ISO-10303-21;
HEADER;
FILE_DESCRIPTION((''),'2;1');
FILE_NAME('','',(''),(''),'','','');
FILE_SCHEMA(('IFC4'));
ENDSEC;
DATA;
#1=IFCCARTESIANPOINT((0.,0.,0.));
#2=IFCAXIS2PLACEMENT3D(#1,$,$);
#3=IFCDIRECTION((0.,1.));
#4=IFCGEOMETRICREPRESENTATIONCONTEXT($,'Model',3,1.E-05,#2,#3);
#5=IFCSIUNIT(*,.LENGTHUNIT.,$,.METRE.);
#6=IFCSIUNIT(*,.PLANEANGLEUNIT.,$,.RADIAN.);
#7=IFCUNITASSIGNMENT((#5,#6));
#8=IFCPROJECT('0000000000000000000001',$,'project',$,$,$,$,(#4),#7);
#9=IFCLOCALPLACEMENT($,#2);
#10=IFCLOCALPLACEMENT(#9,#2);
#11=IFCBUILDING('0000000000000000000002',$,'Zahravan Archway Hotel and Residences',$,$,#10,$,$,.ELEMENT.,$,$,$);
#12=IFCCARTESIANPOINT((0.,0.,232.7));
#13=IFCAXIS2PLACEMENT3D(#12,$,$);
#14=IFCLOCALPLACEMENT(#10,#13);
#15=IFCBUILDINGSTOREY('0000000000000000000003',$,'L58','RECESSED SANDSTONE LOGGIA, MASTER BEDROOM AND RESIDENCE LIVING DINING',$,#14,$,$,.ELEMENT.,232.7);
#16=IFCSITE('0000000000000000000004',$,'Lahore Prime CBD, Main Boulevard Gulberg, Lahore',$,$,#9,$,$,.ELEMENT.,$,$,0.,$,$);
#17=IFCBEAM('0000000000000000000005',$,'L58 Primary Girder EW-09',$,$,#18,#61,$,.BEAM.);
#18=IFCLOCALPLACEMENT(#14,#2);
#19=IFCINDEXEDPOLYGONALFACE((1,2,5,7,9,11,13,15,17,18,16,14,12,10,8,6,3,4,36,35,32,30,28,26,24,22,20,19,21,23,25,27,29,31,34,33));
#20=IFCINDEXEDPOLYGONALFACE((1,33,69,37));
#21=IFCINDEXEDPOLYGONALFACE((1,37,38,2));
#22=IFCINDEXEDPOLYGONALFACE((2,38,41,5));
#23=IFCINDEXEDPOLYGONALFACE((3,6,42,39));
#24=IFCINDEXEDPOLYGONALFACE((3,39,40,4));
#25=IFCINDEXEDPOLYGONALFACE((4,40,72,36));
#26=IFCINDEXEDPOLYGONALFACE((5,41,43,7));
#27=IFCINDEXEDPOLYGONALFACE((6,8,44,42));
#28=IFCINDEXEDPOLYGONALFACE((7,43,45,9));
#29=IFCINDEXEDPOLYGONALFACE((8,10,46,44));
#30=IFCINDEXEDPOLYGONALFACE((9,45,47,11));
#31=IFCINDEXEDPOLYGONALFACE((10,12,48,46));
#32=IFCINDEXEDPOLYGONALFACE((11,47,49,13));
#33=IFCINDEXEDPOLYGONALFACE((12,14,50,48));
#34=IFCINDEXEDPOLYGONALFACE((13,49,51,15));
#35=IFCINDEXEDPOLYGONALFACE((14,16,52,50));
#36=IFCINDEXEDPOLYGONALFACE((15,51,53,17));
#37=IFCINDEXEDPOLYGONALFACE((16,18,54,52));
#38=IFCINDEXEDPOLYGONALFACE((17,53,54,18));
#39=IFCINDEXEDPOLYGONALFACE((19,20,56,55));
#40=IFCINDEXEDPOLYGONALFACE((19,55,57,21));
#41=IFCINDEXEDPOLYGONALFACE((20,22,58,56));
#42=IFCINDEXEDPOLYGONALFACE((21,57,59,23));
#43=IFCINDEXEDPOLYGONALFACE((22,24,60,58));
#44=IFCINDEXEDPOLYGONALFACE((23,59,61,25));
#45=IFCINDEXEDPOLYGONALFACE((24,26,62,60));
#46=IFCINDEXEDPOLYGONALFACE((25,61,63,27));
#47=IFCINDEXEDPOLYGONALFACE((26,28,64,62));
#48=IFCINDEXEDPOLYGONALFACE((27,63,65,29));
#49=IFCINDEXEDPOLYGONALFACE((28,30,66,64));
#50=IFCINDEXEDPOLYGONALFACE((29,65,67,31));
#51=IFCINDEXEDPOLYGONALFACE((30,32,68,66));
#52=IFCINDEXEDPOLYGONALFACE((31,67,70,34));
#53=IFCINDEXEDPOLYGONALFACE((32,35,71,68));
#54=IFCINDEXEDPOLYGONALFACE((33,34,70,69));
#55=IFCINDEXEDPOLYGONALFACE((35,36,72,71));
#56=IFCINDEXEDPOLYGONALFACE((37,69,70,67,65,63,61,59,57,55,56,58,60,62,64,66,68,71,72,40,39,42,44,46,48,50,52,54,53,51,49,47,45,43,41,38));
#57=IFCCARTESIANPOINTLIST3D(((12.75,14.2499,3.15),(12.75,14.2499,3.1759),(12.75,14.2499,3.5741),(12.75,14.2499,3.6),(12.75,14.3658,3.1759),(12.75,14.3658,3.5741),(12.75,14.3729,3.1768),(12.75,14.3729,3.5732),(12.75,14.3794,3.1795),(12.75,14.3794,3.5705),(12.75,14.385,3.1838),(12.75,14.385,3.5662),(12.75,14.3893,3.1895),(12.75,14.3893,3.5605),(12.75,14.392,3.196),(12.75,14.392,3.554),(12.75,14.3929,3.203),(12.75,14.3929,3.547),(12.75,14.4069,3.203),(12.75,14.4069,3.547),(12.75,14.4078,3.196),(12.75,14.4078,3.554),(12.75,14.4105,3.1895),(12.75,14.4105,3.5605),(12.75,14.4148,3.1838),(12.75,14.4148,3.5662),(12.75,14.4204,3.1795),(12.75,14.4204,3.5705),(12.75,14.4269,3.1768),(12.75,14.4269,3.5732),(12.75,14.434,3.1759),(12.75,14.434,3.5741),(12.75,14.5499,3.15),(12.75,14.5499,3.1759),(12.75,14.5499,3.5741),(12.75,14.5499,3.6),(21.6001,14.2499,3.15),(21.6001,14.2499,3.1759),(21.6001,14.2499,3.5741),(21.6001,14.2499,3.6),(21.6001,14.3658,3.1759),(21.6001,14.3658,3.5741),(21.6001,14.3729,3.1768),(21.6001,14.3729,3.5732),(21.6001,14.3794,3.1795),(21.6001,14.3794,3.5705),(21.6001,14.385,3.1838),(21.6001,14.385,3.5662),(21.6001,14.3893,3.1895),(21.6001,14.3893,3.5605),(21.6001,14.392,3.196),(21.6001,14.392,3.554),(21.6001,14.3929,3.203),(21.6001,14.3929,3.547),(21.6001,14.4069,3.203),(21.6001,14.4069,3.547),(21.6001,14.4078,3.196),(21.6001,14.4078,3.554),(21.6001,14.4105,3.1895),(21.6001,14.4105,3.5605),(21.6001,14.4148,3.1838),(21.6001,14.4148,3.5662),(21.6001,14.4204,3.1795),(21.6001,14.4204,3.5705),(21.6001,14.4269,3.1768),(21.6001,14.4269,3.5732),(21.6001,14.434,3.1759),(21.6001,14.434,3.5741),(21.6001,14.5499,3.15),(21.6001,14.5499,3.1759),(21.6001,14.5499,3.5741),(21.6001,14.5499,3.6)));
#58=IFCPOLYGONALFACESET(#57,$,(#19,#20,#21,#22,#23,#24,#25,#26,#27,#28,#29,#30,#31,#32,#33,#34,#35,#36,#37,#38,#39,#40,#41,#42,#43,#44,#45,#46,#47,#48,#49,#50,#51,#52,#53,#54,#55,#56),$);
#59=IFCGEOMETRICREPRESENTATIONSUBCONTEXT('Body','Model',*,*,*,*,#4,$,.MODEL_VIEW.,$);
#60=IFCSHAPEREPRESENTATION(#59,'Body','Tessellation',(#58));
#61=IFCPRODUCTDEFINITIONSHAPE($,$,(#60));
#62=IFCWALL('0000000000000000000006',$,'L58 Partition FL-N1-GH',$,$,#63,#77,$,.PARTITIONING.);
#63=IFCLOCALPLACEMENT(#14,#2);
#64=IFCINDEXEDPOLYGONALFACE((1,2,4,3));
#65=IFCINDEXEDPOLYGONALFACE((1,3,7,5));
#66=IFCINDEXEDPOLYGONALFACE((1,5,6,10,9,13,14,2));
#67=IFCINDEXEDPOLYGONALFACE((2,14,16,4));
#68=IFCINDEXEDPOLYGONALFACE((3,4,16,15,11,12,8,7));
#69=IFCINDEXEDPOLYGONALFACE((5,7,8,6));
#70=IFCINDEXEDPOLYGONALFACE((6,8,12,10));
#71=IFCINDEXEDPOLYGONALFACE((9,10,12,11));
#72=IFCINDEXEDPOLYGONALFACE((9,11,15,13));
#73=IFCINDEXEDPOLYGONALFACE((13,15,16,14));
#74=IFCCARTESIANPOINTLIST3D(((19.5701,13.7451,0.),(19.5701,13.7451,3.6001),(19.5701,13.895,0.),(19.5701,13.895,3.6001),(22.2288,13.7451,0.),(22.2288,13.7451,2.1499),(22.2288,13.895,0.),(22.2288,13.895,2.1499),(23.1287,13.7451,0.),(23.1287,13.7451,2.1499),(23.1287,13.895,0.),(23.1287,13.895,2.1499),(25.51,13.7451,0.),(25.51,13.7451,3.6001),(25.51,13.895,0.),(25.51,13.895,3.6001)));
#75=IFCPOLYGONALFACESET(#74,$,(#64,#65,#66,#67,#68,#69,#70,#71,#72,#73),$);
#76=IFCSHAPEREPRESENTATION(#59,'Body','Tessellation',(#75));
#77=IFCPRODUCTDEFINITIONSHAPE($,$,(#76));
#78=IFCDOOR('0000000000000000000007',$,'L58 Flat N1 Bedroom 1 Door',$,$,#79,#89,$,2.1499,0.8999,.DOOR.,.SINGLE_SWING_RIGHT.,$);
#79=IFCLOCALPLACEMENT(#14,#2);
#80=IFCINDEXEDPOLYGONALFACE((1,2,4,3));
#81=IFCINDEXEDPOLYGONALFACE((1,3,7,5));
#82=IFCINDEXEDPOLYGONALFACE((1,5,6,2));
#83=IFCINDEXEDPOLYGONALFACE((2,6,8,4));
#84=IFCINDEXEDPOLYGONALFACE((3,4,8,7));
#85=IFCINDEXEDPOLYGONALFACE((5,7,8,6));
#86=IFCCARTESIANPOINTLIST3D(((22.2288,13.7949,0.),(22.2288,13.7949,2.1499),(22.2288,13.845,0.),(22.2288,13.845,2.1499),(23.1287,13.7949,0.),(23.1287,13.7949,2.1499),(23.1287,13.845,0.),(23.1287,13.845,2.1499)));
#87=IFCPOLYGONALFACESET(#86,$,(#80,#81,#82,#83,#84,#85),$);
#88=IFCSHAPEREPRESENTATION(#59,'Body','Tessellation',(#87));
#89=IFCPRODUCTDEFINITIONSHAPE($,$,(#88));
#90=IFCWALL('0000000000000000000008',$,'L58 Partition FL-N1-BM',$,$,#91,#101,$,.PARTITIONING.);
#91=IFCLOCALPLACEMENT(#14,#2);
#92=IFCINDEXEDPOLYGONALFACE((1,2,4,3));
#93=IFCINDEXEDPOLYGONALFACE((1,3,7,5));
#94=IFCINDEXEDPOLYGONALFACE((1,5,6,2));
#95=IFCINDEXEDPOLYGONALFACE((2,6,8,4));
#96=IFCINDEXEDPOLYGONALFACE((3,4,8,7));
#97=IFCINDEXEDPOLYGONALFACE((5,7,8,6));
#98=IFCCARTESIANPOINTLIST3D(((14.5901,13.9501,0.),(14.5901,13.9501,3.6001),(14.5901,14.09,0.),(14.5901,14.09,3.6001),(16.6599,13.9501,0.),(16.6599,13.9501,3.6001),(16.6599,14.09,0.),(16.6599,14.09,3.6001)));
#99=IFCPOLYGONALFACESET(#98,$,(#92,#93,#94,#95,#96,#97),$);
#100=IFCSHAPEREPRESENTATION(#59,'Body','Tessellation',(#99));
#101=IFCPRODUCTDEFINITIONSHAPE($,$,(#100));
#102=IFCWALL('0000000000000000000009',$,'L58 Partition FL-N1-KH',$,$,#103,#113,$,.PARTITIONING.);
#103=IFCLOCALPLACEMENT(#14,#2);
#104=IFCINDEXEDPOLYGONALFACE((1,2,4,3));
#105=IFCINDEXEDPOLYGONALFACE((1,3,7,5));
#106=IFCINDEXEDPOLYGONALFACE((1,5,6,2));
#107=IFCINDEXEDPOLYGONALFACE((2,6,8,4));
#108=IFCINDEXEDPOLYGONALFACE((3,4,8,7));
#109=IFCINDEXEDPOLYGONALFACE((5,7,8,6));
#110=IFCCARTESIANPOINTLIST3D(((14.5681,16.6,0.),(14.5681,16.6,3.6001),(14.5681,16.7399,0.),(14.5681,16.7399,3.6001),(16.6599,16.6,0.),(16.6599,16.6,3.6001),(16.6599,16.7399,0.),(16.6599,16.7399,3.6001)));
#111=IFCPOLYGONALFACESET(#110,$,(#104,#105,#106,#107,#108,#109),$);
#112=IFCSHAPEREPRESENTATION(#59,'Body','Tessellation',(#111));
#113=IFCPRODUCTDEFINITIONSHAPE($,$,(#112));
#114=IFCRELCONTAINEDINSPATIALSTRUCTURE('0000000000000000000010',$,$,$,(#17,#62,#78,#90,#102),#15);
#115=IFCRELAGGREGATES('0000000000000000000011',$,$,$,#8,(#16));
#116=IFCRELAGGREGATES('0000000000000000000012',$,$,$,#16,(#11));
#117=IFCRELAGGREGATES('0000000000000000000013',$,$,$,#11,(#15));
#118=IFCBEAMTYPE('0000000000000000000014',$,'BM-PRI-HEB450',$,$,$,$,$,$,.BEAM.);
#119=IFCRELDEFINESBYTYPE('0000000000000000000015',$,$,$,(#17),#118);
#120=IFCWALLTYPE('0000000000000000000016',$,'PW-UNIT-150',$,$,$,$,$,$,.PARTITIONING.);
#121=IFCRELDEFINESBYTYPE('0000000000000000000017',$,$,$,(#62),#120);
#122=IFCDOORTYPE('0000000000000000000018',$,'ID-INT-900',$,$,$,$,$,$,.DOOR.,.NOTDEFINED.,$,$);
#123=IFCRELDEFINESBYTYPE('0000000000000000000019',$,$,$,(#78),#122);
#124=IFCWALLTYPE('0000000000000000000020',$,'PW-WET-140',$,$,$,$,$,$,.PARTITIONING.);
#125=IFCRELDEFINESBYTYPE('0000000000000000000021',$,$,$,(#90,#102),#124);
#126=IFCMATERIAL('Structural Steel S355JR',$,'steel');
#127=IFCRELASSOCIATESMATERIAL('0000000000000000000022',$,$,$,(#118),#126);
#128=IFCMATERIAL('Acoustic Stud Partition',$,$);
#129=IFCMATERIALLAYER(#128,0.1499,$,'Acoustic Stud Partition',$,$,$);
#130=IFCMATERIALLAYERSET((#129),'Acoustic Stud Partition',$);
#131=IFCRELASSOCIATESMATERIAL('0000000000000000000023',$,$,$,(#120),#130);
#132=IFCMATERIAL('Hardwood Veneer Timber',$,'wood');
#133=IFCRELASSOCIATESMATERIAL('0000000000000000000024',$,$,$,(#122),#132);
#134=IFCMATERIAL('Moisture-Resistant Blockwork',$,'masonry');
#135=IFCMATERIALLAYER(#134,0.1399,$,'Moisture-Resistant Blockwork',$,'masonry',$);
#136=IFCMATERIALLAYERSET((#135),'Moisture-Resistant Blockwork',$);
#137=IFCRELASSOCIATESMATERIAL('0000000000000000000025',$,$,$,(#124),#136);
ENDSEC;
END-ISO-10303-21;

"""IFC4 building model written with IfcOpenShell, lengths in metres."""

from ifc_helpers import new_model, si_unit, direction, frame, frame_2d, origin, origin_2d, place, context, subcontext, project, spatial, rectangle, i_section, extrude, source, transform, mapped, material, layer, layer_set, material_profile, profile_set, type_object, type_shapes, element, fill, save


model = new_model("IFC4")

# Units and contexts
model_context = context("Model", 3, precision=1e-05, world=origin(), true_north=direction((0.0, 1.0)))
body_context = subcontext(model_context, "Body", "Model", "MODEL_VIEW")
ifc_project = project(units=[si_unit("LENGTHUNIT", "METRE"), si_unit("PLANEANGLEUNIT", "RADIAN")], contexts=[model_context])

# Site, building, storey
site_placement = place(None, origin())
site = spatial("IfcSite", under=ifc_project, at=site_placement, Name="Lahore Prime CBD, Main Boulevard Gulberg, Lahore", CompositionType="ELEMENT", RefElevation=0.0)
building_placement = place(site_placement, origin())
building = spatial("IfcBuilding", under=site, at=building_placement, Name="Zahravan Archway Hotel and Residences", CompositionType="ELEMENT")
storey_placement = place(building_placement, frame((0.0, 0.0, 232.7)))
storey = spatial("IfcBuildingStorey", under=building, at=storey_placement, Name="L58", Description="RECESSED SANDSTONE LOGGIA, MASTER BEDROOM AND RESIDENCE LIVING DINING", CompositionType="ELEMENT", Elevation=232.7)

# Beam
ifc_material_1 = material(Name="Structural Steel S355JR", Category="steel")
ifc_material_profile_1 = material_profile(ifc_material_1, i_section(OverallWidth=0.3, OverallDepth=0.45, WebThickness=0.0139, FlangeThickness=0.0259, FilletRadius=0.0271, at=origin_2d()), Name="HEB 450", Category="steel")
ifc_profile_set_1 = profile_set([ifc_material_profile_1], Name="Structural Steel S355JR")
beam_type_1 = type_object("IfcBeamType", Name="BM-PRI-HEB450", PredefinedType="BEAM", material=ifc_profile_set_1)
shared_shape_1 = source(origin(), body_context, "Body", "SweptSolid", [
    extrude(i_section(OverallWidth=0.3, OverallDepth=0.45, WebThickness=0.0139, FlangeThickness=0.0259, FilletRadius=0.0271, at=origin_2d()), origin(), (0.0, 0.0, 1.0), 8.8501),
])
beam_1_placement = place(storey_placement, frame((12.75, 14.3999, 3.375), z_axis=(1.0, 0.0, 0.0), x_axis=(0.0, 1.0, 0.0)))
element("IfcBeam", 1, at=beam_1_placement, inside=storey, type_object=beam_type_1, Name="L58 Primary Girder EW-09", PredefinedType="BEAM", context=body_context, shape_type="MappedRepresentation", body=[
    mapped(shared_shape_1, transform((0.0, 0.0, 0.0), scale=1.0)),
])

# Wall, opening, door
ifc_material_2 = material(Name="Acoustic Stud Partition")
ifc_layer_1 = layer(ifc_material_2, 0.1499, Name="Acoustic Stud Partition")
ifc_layer_set_1 = layer_set([ifc_layer_1], Name="Acoustic Stud Partition")
wall_type_1 = type_object("IfcWallType", Name="PW-UNIT-150", PredefinedType="PARTITIONING", material=ifc_layer_set_1)
wall_1_placement = place(storey_placement, frame((19.5701, 13.8201, 0.0), z_axis=(0.0, 0.0, 1.0), x_axis=(1.0, 0.0, 0.0)))
wall_1 = element("IfcWall", 2, at=wall_1_placement, inside=storey, type_object=wall_type_1, Name="L58 Partition FL-N1-GH", PredefinedType="PARTITIONING", context=body_context, shape_type="SweptSolid", body=[
    extrude(rectangle(XDim=5.9399, YDim=0.1499, at=frame_2d((2.97, 0.0))), origin(), (0.0, 0.0, 1.0), 3.6001),
])
opening_1_placement = place(wall_1_placement, frame((2.6587, 0.0, 0.0)))
opening_1 = element("IfcOpeningElement", 3, at=opening_1_placement, cuts=wall_1, PredefinedType="OPENING", context=body_context, shape_type="SweptSolid", body=[
    extrude(rectangle(XDim=0.8999, YDim=2.1499, at=frame_2d((0.45, 1.075))), frame((0.0, 0.085, 0.0), z_axis=(0.0, -1.0, 0.0), x_axis=(1.0, 0.0, 0.0)), (0.0, 0.0, 1.0), 0.1699),
])
ifc_material_3 = material(Name="Hardwood Veneer Timber", Category="wood")
door_type_1 = type_object("IfcDoorType", Name="ID-INT-900", OperationType="NOTDEFINED", PredefinedType="DOOR", material=ifc_material_3)
shared_shape_2 = source(origin(), body_context, "Body", "SweptSolid", [
    extrude(rectangle(XDim=0.8999, YDim=2.1499, at=frame_2d((0.45, 1.075))), frame((0.0, 0.0249, 0.0), z_axis=(0.0, -1.0, 0.0), x_axis=(1.0, 0.0, 0.0)), (0.0, 0.0, 1.0), 0.05),
])
type_shapes(door_type_1, [shared_shape_2])
door_1_placement = place(opening_1_placement, origin())
door_1 = element("IfcDoor", 4, at=door_1_placement, inside=storey, type_object=door_type_1, Name="L58 Flat N1 Bedroom 1 Door", OperationType="SINGLE_SWING_RIGHT", OverallHeight=2.1499, OverallWidth=0.8999, PredefinedType="DOOR", context=body_context, shape_type="MappedRepresentation", body=[
    mapped(shared_shape_2, transform((0.0, 0.0, 0.0), scale=1.0)),
])
fill(opening_1, door_1)

# Walls
ifc_material_4 = material(Name="Moisture-Resistant Blockwork", Category="masonry")
ifc_layer_2 = layer(ifc_material_4, 0.1399, Name="Moisture-Resistant Blockwork", Category="masonry")
ifc_layer_set_2 = layer_set([ifc_layer_2], Name="Moisture-Resistant Blockwork")
wall_type_2 = type_object("IfcWallType", Name="PW-WET-140", PredefinedType="PARTITIONING", material=ifc_layer_set_2)
wall_2_placement = place(storey_placement, frame((14.5901, 14.02, 0.0), z_axis=(0.0, 0.0, 1.0), x_axis=(1.0, 0.0, 0.0)))
element("IfcWall", 5, at=wall_2_placement, inside=storey, type_object=wall_type_2, Name="L58 Partition FL-N1-BM", PredefinedType="PARTITIONING", context=body_context, shape_type="SweptSolid", body=[
    extrude(rectangle(XDim=2.0698, YDim=0.1399, at=frame_2d((1.0349, 0.0))), origin(), (0.0, 0.0, 1.0), 3.6001),
])
wall_3_placement = place(storey_placement, frame((14.5681, 16.6699, 0.0), z_axis=(0.0, 0.0, 1.0), x_axis=(1.0, 0.0, 0.0)))
element("IfcWall", 6, at=wall_3_placement, inside=storey, type_object=wall_type_2, Name="L58 Partition FL-N1-KH", PredefinedType="PARTITIONING", context=body_context, shape_type="SweptSolid", body=[
    extrude(rectangle(XDim=2.0918, YDim=0.1399, at=frame_2d((1.0459, 0.0))), origin(), (0.0, 0.0, 1.0), 3.6001),
])

save(model, "model.ifc")
